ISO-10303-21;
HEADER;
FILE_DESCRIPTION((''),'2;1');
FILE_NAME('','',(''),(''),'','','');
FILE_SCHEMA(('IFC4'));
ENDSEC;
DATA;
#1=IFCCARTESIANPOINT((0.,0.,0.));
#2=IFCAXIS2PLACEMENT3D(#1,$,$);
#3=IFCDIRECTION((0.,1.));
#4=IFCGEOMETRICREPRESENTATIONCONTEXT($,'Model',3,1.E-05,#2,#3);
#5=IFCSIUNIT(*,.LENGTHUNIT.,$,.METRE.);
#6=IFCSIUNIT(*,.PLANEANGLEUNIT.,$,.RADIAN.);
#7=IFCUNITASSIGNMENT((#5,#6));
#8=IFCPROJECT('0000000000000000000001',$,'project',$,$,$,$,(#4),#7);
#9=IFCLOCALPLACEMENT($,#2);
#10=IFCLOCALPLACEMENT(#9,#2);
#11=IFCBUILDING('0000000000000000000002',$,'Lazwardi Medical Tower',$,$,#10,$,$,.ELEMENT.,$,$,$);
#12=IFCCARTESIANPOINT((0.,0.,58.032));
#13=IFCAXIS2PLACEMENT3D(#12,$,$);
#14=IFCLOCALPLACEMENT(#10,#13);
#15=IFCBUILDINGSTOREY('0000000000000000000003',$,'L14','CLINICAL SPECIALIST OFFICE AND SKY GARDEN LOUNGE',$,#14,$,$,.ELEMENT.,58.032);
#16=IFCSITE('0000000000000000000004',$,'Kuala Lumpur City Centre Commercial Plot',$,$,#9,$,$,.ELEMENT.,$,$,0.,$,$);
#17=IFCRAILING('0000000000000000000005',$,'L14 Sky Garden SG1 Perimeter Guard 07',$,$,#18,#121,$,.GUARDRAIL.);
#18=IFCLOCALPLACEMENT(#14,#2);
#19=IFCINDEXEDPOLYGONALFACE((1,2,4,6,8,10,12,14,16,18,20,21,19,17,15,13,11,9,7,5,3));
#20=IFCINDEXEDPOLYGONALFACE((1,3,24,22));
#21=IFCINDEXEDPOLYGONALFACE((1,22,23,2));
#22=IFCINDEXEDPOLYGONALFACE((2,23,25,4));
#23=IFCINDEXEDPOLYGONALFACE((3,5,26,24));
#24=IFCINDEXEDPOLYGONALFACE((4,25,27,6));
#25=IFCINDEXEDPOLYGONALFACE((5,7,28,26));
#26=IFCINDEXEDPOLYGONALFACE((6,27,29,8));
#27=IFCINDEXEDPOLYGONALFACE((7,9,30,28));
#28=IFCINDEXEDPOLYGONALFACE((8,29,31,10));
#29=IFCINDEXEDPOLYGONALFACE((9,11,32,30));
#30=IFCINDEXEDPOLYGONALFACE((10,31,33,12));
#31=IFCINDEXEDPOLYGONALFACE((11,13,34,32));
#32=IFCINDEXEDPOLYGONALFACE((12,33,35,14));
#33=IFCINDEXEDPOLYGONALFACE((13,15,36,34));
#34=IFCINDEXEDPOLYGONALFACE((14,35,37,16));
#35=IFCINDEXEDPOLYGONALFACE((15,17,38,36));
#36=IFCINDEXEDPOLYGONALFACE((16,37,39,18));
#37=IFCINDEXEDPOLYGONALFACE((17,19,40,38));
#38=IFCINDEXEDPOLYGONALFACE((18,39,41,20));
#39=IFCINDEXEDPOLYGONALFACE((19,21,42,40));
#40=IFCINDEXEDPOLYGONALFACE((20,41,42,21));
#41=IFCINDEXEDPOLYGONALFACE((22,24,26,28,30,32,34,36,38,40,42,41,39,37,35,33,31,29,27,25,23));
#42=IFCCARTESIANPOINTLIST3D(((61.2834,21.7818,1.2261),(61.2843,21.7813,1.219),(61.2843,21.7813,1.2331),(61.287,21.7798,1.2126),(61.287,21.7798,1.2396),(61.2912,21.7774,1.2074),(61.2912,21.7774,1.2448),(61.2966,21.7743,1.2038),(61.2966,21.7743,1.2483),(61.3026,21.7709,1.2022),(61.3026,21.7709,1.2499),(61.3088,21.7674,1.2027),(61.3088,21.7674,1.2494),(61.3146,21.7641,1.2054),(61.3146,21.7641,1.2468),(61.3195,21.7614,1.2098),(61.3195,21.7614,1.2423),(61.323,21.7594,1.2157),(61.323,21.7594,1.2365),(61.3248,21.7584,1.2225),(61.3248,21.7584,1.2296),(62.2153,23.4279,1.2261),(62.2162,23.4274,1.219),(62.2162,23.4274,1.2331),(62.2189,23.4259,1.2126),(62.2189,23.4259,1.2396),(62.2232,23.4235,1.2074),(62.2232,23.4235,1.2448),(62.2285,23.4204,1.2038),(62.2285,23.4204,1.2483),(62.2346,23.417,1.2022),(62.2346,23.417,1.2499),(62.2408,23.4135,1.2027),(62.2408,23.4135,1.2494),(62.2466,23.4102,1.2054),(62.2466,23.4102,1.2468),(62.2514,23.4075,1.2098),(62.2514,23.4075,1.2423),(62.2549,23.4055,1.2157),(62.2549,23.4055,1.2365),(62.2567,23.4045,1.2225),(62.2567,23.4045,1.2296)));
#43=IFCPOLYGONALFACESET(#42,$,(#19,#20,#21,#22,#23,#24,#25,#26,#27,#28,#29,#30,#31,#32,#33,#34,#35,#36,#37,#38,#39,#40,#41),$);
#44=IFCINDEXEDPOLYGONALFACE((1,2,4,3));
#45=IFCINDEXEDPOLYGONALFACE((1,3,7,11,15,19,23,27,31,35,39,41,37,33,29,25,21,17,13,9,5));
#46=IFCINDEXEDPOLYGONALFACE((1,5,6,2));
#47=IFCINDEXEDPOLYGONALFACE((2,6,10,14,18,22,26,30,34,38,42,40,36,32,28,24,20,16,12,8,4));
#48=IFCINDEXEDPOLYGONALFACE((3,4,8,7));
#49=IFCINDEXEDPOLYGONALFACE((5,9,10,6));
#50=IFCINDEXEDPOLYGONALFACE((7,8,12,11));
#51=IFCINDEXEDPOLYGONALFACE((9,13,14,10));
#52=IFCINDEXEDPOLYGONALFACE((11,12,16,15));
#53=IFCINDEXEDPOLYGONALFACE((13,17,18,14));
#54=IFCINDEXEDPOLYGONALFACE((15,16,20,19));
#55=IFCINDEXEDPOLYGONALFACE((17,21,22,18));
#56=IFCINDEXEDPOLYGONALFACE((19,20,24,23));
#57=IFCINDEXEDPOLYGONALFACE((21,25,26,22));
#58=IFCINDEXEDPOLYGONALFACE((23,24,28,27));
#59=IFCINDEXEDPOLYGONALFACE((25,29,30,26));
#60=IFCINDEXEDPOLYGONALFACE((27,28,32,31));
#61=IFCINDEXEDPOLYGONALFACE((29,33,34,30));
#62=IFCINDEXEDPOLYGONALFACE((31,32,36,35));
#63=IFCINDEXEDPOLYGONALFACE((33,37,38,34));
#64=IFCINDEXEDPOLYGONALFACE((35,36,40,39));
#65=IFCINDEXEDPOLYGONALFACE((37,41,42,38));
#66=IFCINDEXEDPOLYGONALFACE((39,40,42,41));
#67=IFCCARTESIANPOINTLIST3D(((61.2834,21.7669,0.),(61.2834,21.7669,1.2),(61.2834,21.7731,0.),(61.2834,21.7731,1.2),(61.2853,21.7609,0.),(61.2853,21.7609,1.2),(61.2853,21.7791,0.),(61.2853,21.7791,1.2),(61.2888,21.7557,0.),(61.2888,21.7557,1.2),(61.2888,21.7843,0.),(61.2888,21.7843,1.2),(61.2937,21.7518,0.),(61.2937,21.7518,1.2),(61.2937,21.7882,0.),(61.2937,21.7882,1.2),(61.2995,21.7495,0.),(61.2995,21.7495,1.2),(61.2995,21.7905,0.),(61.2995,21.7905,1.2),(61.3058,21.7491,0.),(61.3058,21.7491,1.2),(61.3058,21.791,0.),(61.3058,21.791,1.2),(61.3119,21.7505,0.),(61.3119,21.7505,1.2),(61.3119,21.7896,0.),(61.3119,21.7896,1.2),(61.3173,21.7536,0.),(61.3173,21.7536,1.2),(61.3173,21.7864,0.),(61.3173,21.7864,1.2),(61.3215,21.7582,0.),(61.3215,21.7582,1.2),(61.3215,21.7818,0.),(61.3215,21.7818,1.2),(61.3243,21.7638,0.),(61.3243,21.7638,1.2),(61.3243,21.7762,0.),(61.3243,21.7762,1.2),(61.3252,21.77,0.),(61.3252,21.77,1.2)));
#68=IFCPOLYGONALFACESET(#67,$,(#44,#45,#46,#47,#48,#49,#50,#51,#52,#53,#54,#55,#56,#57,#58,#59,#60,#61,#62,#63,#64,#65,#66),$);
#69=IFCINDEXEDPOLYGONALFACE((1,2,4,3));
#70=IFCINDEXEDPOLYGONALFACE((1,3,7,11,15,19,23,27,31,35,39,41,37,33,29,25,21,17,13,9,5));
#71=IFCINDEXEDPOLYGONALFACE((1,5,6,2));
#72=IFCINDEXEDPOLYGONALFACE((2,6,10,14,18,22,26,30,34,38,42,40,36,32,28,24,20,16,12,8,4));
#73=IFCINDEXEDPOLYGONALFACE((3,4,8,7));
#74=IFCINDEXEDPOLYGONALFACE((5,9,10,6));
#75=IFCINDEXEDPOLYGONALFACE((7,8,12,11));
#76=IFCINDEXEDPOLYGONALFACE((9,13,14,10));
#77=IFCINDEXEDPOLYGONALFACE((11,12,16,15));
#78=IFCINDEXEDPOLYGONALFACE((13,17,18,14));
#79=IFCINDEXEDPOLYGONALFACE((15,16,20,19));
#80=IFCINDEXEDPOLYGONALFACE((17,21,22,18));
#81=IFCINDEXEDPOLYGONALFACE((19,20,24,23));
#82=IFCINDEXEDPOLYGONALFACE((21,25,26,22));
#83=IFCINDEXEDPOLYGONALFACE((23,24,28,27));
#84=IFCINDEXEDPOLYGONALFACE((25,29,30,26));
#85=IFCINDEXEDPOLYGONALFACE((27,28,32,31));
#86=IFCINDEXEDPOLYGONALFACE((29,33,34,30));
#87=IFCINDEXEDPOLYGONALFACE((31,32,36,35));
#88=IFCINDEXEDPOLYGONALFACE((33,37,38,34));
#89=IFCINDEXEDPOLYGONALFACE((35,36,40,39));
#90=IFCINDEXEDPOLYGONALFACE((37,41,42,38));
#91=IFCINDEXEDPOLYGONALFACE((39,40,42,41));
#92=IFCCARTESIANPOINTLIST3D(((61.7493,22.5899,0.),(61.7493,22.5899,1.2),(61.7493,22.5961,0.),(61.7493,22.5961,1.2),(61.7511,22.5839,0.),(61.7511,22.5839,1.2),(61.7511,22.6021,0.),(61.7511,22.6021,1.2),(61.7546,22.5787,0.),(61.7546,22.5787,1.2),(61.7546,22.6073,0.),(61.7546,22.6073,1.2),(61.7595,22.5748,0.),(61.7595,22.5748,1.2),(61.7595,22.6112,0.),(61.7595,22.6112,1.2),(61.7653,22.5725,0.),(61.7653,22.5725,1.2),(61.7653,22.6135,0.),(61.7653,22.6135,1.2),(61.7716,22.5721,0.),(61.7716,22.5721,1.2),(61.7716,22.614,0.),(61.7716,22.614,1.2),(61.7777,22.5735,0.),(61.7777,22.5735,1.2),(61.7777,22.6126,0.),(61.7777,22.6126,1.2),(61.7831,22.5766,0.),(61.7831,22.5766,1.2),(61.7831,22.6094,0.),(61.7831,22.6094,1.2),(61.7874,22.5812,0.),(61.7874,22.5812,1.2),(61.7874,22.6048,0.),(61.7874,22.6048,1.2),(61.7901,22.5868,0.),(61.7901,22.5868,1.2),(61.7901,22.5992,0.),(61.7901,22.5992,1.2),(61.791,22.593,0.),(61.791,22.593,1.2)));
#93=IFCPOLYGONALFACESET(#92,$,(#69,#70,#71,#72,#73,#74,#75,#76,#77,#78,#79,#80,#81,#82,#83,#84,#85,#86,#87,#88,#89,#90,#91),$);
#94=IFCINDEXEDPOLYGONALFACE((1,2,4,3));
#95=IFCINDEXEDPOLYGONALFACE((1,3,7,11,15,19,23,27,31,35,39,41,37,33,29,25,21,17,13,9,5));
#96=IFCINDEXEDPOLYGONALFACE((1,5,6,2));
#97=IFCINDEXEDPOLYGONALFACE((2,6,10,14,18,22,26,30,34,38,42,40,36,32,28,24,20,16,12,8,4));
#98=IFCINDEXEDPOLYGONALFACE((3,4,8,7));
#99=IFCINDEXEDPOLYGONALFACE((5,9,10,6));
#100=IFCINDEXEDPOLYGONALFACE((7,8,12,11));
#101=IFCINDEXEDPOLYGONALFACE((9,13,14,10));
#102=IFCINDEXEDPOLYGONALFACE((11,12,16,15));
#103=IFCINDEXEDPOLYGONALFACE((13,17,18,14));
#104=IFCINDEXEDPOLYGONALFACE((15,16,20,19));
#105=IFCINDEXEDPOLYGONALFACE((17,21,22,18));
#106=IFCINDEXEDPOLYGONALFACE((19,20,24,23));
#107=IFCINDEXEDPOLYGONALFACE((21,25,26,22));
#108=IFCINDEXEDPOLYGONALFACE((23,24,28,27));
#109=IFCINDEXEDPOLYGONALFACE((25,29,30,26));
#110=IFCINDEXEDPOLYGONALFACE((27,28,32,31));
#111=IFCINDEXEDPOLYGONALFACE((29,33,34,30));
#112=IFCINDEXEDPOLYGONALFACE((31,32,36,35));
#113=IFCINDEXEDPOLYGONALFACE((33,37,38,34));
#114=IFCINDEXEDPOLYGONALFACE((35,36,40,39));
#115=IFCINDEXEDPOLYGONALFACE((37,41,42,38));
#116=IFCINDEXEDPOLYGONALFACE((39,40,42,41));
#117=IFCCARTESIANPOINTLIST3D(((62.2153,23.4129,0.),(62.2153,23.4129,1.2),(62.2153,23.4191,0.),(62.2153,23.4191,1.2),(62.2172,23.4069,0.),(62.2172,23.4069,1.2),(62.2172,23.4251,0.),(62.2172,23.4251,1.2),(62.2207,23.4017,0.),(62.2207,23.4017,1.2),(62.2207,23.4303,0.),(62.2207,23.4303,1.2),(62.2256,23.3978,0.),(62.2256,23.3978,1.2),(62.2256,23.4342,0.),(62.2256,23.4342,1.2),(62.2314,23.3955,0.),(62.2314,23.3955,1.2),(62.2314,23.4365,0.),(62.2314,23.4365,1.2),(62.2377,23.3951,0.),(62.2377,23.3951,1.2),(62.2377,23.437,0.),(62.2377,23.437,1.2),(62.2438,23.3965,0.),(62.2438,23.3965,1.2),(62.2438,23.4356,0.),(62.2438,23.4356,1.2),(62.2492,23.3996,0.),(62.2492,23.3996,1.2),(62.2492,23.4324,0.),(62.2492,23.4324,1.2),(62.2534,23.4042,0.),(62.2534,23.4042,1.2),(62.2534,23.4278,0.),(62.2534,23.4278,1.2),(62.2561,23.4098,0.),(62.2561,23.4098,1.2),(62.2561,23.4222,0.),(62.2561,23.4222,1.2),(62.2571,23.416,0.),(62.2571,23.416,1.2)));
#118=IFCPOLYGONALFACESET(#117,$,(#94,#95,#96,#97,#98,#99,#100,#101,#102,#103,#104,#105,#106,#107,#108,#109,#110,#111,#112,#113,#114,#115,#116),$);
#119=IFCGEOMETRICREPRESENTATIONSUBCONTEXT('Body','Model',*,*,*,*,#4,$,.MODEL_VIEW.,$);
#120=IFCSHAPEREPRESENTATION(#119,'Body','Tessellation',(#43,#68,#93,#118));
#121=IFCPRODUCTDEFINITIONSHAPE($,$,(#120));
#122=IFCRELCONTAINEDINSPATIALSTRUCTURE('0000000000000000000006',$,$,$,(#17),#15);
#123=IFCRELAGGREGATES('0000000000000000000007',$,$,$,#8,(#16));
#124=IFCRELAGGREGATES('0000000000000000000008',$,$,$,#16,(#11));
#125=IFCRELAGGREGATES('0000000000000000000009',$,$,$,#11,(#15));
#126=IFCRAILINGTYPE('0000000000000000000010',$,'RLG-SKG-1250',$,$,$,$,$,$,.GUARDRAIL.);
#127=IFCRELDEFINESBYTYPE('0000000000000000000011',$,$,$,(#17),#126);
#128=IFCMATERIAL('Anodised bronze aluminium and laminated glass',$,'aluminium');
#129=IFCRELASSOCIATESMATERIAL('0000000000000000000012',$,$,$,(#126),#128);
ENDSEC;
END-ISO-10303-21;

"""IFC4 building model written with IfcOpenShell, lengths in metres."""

from ifc_helpers import new_model, si_unit, direction, frame, origin, origin_2d, place, context, subcontext, project, spatial, circle, extrude, material, type_object, element, save


model = new_model("IFC4")

# Units and contexts
model_context = context("Model", 3, precision=1e-05, world=origin(), true_north=direction((0.0, 1.0)))
body_context = subcontext(model_context, "Body", "Model", "MODEL_VIEW")
ifc_project = project(units=[si_unit("LENGTHUNIT", "METRE"), si_unit("PLANEANGLEUNIT", "RADIAN")], contexts=[model_context])

# Site, building, storey
site_placement = place(None, origin())
site = spatial("IfcSite", under=ifc_project, at=site_placement, Name="Kuala Lumpur City Centre Commercial Plot", CompositionType="ELEMENT", RefElevation=0.0)
building_placement = place(site_placement, origin())
building = spatial("IfcBuilding", under=site, at=building_placement, Name="Lazwardi Medical Tower", CompositionType="ELEMENT")
storey_placement = place(building_placement, frame((0.0, 0.0, 58.032)))
storey = spatial("IfcBuildingStorey", under=building, at=storey_placement, Name="L14", Description="CLINICAL SPECIALIST OFFICE AND SKY GARDEN LOUNGE", CompositionType="ELEMENT", Elevation=58.032)

# Railing
ifc_material_1 = material(Name="Anodised bronze aluminium and laminated glass", Category="aluminium")
railing_type = type_object("IfcRailingType", Name="RLG-SKG-1250", PredefinedType="GUARDRAIL", material=ifc_material_1)
railing_1_placement = place(storey_placement, frame((61.3042, 21.77, 0.0)))
element("IfcRailing", 1, at=railing_1_placement, inside=storey, type_object=railing_type, Name="L14 Sky Garden SG1 Perimeter Guard 07", PredefinedType="GUARDRAIL", context=body_context, shape_type="SweptSolid", body=[
    extrude(circle(Radius=0.0239, at=origin_2d()), frame((0.0, 0.0, 1.2261), z_axis=(0.492674, 0.870214, 0.0), x_axis=(-0.870214, 0.492674, 0.0)), (0.0, 0.0, 1.0), 1.8916),
    extrude(circle(Radius=0.021, at=origin_2d()), origin(), (0.0, 0.0, 1.0), 1.2),
    extrude(circle(Radius=0.021, at=origin_2d()), frame((0.4658, 0.823, 0.0)), (0.0, 0.0, 1.0), 1.2),
    extrude(circle(Radius=0.021, at=origin_2d()), frame((0.9319, 1.646, 0.0)), (0.0, 0.0, 1.0), 1.2),
])

save(model, "model.ifc")
